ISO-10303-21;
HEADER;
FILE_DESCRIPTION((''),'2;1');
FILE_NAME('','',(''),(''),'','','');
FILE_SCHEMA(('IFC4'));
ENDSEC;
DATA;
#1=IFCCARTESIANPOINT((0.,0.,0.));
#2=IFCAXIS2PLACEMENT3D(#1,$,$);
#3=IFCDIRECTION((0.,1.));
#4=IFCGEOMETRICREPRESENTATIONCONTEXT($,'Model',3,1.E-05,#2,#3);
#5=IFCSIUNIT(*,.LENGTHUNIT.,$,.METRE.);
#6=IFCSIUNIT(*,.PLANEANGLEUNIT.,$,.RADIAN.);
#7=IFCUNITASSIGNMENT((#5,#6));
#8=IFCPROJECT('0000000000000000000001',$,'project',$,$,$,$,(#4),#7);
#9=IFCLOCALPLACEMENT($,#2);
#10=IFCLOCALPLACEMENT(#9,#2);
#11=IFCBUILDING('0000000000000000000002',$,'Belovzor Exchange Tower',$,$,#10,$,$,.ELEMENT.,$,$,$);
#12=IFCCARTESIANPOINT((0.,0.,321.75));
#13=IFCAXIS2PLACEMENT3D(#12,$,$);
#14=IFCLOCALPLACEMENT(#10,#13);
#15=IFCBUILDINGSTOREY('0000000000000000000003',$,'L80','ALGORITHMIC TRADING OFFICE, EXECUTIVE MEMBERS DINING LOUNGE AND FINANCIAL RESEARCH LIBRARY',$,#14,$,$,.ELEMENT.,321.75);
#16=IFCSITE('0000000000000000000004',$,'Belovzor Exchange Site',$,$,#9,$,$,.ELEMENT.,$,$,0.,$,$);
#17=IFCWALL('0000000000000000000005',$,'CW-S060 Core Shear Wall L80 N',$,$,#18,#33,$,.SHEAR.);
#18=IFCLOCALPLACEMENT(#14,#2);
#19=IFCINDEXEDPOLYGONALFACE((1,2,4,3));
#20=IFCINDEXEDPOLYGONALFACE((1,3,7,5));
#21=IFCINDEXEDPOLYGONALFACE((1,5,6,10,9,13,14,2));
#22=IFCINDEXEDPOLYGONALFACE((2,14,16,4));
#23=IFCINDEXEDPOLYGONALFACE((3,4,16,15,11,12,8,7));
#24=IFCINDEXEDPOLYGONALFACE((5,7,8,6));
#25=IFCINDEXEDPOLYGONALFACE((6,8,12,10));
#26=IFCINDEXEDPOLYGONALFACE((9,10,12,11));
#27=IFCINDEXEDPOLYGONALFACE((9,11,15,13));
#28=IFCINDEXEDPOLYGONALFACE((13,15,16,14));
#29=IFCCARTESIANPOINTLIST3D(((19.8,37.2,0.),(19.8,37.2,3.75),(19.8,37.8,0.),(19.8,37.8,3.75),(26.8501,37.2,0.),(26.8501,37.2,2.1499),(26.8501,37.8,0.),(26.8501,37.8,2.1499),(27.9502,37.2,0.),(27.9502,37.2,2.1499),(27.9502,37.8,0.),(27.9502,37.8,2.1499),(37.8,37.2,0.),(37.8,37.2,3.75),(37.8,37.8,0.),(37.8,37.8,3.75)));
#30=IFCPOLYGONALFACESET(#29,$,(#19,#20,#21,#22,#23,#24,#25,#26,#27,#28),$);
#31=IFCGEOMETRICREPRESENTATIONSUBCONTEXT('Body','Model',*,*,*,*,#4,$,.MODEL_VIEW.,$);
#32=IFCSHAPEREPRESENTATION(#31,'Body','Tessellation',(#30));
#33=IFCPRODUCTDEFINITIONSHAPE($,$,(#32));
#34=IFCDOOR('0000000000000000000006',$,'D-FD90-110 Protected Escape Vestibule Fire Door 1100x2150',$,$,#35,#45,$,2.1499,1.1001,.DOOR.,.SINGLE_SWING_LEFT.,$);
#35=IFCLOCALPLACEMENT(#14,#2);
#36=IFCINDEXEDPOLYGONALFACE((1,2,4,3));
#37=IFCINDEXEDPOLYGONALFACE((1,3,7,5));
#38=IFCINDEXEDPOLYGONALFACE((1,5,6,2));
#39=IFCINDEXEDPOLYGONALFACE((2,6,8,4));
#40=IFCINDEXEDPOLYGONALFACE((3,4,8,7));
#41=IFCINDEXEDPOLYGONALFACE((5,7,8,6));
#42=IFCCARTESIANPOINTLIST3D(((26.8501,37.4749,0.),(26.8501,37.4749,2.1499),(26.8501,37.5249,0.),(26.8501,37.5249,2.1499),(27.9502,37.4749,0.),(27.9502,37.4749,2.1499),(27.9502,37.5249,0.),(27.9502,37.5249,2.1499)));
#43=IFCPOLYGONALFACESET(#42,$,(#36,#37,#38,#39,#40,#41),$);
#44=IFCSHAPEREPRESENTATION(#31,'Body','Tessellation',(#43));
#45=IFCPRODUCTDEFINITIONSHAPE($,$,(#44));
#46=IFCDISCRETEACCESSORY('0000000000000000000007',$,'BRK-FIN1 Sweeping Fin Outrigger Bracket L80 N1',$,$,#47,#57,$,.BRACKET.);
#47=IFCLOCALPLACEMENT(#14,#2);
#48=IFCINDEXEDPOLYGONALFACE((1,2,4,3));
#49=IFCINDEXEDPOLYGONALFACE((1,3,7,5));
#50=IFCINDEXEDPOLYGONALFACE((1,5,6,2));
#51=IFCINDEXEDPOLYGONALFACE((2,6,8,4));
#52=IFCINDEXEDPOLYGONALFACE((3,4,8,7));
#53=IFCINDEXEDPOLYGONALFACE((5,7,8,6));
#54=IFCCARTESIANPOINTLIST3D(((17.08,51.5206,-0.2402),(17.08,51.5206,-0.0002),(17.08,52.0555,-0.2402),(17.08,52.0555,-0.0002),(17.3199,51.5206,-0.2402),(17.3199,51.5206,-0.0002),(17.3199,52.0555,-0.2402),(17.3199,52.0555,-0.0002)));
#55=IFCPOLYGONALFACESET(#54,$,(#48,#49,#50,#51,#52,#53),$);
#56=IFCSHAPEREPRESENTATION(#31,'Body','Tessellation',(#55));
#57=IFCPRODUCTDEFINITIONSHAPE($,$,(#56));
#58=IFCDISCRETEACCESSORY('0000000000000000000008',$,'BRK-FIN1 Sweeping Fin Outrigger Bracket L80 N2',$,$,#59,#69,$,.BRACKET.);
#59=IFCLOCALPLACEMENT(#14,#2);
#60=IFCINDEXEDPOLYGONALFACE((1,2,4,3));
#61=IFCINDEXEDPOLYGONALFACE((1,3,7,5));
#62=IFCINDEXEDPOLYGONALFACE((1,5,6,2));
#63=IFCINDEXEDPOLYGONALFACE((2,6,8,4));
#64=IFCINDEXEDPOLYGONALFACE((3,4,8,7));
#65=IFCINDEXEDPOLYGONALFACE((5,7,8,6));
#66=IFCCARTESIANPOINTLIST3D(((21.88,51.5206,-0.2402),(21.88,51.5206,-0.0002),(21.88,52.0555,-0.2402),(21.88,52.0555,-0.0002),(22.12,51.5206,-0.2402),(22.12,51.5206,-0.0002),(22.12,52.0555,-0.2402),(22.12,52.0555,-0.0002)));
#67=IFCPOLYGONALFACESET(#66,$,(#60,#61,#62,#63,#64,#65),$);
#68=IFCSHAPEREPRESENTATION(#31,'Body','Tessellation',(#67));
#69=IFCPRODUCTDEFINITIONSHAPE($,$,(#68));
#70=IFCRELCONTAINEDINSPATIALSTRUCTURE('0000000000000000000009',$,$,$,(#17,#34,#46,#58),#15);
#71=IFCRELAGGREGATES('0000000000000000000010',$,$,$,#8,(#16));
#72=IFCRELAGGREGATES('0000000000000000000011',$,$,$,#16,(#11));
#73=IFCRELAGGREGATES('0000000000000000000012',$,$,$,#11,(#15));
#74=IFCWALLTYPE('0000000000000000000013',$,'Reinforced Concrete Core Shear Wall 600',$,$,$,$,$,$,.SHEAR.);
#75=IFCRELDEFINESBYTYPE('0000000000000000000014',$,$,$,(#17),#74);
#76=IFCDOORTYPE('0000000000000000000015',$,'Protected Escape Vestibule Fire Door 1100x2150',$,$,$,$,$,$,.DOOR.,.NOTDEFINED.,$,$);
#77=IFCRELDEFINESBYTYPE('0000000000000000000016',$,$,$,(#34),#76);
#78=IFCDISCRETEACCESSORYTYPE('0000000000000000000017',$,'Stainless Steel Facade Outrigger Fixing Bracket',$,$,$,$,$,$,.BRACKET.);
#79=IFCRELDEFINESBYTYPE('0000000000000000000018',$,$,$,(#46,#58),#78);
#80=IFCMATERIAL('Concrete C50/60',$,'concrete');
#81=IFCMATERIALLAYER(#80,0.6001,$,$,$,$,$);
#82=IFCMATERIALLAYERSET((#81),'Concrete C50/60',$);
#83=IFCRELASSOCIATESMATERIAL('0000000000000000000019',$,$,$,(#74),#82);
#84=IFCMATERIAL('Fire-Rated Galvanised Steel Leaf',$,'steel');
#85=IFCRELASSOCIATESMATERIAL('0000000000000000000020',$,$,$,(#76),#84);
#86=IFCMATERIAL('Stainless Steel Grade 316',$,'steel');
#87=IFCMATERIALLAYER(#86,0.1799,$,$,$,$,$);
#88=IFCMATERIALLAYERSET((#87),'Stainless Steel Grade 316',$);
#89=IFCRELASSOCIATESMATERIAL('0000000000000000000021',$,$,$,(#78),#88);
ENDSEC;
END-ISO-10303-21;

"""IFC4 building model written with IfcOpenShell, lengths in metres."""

from ifc_helpers import new_model, si_unit, direction, frame, frame_2d, origin, origin_2d, place, context, subcontext, project, spatial, rectangle, extrude, material, layer, layer_set, type_object, element, fill, save


model = new_model("IFC4")

# Units and contexts
model_context = context("Model", 3, precision=1e-05, world=origin(), true_north=direction((0.0, 1.0)))
body_context = subcontext(model_context, "Body", "Model", "MODEL_VIEW")
ifc_project = project(units=[si_unit("LENGTHUNIT", "METRE"), si_unit("PLANEANGLEUNIT", "RADIAN")], contexts=[model_context])

# Site, building, storey
site_placement = place(None, origin())
site = spatial("IfcSite", under=ifc_project, at=site_placement, Name="Belovzor Exchange Site", CompositionType="ELEMENT", RefElevation=0.0)
building_placement = place(site_placement, origin())
building = spatial("IfcBuilding", under=site, at=building_placement, Name="Belovzor Exchange Tower", CompositionType="ELEMENT")
storey_placement = place(building_placement, frame((0.0, 0.0, 321.75)))
storey = spatial("IfcBuildingStorey", under=building, at=storey_placement, Name="L80", Description="ALGORITHMIC TRADING OFFICE, EXECUTIVE MEMBERS DINING LOUNGE AND FINANCIAL RESEARCH LIBRARY", CompositionType="ELEMENT", Elevation=321.75)

# Wall, opening, door
ifc_material_1 = material(Name="Concrete C50/60", Category="concrete")
ifc_layer_1 = layer(ifc_material_1, 0.6001)
ifc_layer_set_1 = layer_set([ifc_layer_1], Name="Concrete C50/60")
wall_type_1 = type_object("IfcWallType", Name="Reinforced Concrete Core Shear Wall 600", PredefinedType="SHEAR", material=ifc_layer_set_1)
wall_1_placement = place(storey_placement, frame((19.8, 37.5, 0.0), z_axis=(0.0, 0.0, 1.0), x_axis=(1.0, 0.0, 0.0)))
wall_1 = element("IfcWall", 1, at=wall_1_placement, inside=storey, type_object=wall_type_1, Name="CW-S060 Core Shear Wall L80 N", PredefinedType="SHEAR", context=body_context, shape_type="SweptSolid", body=[
    extrude(rectangle(XDim=18.0, YDim=0.6001, at=frame_2d((9.0, 0.0))), origin(), (0.0, 0.0, 1.0), 3.75),
])
opening_1_placement = place(wall_1_placement, frame((7.05, 0.0, 0.0)))
opening_1 = element("IfcOpeningElement", 2, at=opening_1_placement, cuts=wall_1, PredefinedType="OPENING", context=body_context, shape_type="SweptSolid", body=[
    extrude(rectangle(XDim=1.1001, YDim=2.1499, at=frame_2d((0.55, 1.075))), frame((0.0, 0.3101, 0.0), z_axis=(0.0, -1.0, 0.0), x_axis=(1.0, 0.0, 0.0)), (0.0, 0.0, 1.0), 0.6201),
])
ifc_material_2 = material(Name="Fire-Rated Galvanised Steel Leaf", Category="steel")
door_type_1 = type_object("IfcDoorType", Name="Protected Escape Vestibule Fire Door 1100x2150", OperationType="NOTDEFINED", PredefinedType="DOOR", material=ifc_material_2)
door_1_placement = place(opening_1_placement, origin())
door_1 = element("IfcDoor", 3, at=door_1_placement, inside=storey, type_object=door_type_1, Name="D-FD90-110 Protected Escape Vestibule Fire Door 1100x2150", OperationType="SINGLE_SWING_LEFT", OverallHeight=2.1499, OverallWidth=1.1001, PredefinedType="DOOR", context=body_context, shape_type="SweptSolid", body=[
    extrude(rectangle(XDim=1.1001, YDim=2.1499, at=frame_2d((0.55, 1.075))), frame((0.0, 0.0249, 0.0), z_axis=(0.0, -1.0, 0.0), x_axis=(1.0, 0.0, 0.0)), (0.0, 0.0, 1.0), 0.05),
])
fill(opening_1, door_1)

# Discrete accessories
ifc_material_3 = material(Name="Stainless Steel Grade 316", Category="steel")
ifc_layer_2 = layer(ifc_material_3, 0.1799)
ifc_layer_set_2 = layer_set([ifc_layer_2], Name="Stainless Steel Grade 316")
discrete_accessory_type = type_object("IfcDiscreteAccessoryType", Name="Stainless Steel Facade Outrigger Fixing Bracket", PredefinedType="BRACKET", material=ifc_layer_set_2)
for number, where, z_axis, x_axis, name in (
    (4, (17.2, 51.7881, -0.2402), (0.0, 0.0, 1.0), (0.0, 1.0, 0.0), "BRK-FIN1 Sweeping Fin Outrigger Bracket L80 N1"),
    (5, (22.0, 51.7881, -0.2402), (0.0, 0.0, 1.0), (0.0, 1.0, 0.0), "BRK-FIN1 Sweeping Fin Outrigger Bracket L80 N2"),
):
    element("IfcDiscreteAccessory", number, at=place(storey_placement, frame(where, z_axis=z_axis, x_axis=x_axis)), inside=storey, type_object=discrete_accessory_type, Name=name, PredefinedType="BRACKET", context=body_context, shape_type="SweptSolid", body=[
        extrude(rectangle(XDim=0.5349, YDim=0.24, at=origin_2d()), origin(), (0.0, 0.0, 1.0), 0.24),
    ])

save(model, "model.ifc")
